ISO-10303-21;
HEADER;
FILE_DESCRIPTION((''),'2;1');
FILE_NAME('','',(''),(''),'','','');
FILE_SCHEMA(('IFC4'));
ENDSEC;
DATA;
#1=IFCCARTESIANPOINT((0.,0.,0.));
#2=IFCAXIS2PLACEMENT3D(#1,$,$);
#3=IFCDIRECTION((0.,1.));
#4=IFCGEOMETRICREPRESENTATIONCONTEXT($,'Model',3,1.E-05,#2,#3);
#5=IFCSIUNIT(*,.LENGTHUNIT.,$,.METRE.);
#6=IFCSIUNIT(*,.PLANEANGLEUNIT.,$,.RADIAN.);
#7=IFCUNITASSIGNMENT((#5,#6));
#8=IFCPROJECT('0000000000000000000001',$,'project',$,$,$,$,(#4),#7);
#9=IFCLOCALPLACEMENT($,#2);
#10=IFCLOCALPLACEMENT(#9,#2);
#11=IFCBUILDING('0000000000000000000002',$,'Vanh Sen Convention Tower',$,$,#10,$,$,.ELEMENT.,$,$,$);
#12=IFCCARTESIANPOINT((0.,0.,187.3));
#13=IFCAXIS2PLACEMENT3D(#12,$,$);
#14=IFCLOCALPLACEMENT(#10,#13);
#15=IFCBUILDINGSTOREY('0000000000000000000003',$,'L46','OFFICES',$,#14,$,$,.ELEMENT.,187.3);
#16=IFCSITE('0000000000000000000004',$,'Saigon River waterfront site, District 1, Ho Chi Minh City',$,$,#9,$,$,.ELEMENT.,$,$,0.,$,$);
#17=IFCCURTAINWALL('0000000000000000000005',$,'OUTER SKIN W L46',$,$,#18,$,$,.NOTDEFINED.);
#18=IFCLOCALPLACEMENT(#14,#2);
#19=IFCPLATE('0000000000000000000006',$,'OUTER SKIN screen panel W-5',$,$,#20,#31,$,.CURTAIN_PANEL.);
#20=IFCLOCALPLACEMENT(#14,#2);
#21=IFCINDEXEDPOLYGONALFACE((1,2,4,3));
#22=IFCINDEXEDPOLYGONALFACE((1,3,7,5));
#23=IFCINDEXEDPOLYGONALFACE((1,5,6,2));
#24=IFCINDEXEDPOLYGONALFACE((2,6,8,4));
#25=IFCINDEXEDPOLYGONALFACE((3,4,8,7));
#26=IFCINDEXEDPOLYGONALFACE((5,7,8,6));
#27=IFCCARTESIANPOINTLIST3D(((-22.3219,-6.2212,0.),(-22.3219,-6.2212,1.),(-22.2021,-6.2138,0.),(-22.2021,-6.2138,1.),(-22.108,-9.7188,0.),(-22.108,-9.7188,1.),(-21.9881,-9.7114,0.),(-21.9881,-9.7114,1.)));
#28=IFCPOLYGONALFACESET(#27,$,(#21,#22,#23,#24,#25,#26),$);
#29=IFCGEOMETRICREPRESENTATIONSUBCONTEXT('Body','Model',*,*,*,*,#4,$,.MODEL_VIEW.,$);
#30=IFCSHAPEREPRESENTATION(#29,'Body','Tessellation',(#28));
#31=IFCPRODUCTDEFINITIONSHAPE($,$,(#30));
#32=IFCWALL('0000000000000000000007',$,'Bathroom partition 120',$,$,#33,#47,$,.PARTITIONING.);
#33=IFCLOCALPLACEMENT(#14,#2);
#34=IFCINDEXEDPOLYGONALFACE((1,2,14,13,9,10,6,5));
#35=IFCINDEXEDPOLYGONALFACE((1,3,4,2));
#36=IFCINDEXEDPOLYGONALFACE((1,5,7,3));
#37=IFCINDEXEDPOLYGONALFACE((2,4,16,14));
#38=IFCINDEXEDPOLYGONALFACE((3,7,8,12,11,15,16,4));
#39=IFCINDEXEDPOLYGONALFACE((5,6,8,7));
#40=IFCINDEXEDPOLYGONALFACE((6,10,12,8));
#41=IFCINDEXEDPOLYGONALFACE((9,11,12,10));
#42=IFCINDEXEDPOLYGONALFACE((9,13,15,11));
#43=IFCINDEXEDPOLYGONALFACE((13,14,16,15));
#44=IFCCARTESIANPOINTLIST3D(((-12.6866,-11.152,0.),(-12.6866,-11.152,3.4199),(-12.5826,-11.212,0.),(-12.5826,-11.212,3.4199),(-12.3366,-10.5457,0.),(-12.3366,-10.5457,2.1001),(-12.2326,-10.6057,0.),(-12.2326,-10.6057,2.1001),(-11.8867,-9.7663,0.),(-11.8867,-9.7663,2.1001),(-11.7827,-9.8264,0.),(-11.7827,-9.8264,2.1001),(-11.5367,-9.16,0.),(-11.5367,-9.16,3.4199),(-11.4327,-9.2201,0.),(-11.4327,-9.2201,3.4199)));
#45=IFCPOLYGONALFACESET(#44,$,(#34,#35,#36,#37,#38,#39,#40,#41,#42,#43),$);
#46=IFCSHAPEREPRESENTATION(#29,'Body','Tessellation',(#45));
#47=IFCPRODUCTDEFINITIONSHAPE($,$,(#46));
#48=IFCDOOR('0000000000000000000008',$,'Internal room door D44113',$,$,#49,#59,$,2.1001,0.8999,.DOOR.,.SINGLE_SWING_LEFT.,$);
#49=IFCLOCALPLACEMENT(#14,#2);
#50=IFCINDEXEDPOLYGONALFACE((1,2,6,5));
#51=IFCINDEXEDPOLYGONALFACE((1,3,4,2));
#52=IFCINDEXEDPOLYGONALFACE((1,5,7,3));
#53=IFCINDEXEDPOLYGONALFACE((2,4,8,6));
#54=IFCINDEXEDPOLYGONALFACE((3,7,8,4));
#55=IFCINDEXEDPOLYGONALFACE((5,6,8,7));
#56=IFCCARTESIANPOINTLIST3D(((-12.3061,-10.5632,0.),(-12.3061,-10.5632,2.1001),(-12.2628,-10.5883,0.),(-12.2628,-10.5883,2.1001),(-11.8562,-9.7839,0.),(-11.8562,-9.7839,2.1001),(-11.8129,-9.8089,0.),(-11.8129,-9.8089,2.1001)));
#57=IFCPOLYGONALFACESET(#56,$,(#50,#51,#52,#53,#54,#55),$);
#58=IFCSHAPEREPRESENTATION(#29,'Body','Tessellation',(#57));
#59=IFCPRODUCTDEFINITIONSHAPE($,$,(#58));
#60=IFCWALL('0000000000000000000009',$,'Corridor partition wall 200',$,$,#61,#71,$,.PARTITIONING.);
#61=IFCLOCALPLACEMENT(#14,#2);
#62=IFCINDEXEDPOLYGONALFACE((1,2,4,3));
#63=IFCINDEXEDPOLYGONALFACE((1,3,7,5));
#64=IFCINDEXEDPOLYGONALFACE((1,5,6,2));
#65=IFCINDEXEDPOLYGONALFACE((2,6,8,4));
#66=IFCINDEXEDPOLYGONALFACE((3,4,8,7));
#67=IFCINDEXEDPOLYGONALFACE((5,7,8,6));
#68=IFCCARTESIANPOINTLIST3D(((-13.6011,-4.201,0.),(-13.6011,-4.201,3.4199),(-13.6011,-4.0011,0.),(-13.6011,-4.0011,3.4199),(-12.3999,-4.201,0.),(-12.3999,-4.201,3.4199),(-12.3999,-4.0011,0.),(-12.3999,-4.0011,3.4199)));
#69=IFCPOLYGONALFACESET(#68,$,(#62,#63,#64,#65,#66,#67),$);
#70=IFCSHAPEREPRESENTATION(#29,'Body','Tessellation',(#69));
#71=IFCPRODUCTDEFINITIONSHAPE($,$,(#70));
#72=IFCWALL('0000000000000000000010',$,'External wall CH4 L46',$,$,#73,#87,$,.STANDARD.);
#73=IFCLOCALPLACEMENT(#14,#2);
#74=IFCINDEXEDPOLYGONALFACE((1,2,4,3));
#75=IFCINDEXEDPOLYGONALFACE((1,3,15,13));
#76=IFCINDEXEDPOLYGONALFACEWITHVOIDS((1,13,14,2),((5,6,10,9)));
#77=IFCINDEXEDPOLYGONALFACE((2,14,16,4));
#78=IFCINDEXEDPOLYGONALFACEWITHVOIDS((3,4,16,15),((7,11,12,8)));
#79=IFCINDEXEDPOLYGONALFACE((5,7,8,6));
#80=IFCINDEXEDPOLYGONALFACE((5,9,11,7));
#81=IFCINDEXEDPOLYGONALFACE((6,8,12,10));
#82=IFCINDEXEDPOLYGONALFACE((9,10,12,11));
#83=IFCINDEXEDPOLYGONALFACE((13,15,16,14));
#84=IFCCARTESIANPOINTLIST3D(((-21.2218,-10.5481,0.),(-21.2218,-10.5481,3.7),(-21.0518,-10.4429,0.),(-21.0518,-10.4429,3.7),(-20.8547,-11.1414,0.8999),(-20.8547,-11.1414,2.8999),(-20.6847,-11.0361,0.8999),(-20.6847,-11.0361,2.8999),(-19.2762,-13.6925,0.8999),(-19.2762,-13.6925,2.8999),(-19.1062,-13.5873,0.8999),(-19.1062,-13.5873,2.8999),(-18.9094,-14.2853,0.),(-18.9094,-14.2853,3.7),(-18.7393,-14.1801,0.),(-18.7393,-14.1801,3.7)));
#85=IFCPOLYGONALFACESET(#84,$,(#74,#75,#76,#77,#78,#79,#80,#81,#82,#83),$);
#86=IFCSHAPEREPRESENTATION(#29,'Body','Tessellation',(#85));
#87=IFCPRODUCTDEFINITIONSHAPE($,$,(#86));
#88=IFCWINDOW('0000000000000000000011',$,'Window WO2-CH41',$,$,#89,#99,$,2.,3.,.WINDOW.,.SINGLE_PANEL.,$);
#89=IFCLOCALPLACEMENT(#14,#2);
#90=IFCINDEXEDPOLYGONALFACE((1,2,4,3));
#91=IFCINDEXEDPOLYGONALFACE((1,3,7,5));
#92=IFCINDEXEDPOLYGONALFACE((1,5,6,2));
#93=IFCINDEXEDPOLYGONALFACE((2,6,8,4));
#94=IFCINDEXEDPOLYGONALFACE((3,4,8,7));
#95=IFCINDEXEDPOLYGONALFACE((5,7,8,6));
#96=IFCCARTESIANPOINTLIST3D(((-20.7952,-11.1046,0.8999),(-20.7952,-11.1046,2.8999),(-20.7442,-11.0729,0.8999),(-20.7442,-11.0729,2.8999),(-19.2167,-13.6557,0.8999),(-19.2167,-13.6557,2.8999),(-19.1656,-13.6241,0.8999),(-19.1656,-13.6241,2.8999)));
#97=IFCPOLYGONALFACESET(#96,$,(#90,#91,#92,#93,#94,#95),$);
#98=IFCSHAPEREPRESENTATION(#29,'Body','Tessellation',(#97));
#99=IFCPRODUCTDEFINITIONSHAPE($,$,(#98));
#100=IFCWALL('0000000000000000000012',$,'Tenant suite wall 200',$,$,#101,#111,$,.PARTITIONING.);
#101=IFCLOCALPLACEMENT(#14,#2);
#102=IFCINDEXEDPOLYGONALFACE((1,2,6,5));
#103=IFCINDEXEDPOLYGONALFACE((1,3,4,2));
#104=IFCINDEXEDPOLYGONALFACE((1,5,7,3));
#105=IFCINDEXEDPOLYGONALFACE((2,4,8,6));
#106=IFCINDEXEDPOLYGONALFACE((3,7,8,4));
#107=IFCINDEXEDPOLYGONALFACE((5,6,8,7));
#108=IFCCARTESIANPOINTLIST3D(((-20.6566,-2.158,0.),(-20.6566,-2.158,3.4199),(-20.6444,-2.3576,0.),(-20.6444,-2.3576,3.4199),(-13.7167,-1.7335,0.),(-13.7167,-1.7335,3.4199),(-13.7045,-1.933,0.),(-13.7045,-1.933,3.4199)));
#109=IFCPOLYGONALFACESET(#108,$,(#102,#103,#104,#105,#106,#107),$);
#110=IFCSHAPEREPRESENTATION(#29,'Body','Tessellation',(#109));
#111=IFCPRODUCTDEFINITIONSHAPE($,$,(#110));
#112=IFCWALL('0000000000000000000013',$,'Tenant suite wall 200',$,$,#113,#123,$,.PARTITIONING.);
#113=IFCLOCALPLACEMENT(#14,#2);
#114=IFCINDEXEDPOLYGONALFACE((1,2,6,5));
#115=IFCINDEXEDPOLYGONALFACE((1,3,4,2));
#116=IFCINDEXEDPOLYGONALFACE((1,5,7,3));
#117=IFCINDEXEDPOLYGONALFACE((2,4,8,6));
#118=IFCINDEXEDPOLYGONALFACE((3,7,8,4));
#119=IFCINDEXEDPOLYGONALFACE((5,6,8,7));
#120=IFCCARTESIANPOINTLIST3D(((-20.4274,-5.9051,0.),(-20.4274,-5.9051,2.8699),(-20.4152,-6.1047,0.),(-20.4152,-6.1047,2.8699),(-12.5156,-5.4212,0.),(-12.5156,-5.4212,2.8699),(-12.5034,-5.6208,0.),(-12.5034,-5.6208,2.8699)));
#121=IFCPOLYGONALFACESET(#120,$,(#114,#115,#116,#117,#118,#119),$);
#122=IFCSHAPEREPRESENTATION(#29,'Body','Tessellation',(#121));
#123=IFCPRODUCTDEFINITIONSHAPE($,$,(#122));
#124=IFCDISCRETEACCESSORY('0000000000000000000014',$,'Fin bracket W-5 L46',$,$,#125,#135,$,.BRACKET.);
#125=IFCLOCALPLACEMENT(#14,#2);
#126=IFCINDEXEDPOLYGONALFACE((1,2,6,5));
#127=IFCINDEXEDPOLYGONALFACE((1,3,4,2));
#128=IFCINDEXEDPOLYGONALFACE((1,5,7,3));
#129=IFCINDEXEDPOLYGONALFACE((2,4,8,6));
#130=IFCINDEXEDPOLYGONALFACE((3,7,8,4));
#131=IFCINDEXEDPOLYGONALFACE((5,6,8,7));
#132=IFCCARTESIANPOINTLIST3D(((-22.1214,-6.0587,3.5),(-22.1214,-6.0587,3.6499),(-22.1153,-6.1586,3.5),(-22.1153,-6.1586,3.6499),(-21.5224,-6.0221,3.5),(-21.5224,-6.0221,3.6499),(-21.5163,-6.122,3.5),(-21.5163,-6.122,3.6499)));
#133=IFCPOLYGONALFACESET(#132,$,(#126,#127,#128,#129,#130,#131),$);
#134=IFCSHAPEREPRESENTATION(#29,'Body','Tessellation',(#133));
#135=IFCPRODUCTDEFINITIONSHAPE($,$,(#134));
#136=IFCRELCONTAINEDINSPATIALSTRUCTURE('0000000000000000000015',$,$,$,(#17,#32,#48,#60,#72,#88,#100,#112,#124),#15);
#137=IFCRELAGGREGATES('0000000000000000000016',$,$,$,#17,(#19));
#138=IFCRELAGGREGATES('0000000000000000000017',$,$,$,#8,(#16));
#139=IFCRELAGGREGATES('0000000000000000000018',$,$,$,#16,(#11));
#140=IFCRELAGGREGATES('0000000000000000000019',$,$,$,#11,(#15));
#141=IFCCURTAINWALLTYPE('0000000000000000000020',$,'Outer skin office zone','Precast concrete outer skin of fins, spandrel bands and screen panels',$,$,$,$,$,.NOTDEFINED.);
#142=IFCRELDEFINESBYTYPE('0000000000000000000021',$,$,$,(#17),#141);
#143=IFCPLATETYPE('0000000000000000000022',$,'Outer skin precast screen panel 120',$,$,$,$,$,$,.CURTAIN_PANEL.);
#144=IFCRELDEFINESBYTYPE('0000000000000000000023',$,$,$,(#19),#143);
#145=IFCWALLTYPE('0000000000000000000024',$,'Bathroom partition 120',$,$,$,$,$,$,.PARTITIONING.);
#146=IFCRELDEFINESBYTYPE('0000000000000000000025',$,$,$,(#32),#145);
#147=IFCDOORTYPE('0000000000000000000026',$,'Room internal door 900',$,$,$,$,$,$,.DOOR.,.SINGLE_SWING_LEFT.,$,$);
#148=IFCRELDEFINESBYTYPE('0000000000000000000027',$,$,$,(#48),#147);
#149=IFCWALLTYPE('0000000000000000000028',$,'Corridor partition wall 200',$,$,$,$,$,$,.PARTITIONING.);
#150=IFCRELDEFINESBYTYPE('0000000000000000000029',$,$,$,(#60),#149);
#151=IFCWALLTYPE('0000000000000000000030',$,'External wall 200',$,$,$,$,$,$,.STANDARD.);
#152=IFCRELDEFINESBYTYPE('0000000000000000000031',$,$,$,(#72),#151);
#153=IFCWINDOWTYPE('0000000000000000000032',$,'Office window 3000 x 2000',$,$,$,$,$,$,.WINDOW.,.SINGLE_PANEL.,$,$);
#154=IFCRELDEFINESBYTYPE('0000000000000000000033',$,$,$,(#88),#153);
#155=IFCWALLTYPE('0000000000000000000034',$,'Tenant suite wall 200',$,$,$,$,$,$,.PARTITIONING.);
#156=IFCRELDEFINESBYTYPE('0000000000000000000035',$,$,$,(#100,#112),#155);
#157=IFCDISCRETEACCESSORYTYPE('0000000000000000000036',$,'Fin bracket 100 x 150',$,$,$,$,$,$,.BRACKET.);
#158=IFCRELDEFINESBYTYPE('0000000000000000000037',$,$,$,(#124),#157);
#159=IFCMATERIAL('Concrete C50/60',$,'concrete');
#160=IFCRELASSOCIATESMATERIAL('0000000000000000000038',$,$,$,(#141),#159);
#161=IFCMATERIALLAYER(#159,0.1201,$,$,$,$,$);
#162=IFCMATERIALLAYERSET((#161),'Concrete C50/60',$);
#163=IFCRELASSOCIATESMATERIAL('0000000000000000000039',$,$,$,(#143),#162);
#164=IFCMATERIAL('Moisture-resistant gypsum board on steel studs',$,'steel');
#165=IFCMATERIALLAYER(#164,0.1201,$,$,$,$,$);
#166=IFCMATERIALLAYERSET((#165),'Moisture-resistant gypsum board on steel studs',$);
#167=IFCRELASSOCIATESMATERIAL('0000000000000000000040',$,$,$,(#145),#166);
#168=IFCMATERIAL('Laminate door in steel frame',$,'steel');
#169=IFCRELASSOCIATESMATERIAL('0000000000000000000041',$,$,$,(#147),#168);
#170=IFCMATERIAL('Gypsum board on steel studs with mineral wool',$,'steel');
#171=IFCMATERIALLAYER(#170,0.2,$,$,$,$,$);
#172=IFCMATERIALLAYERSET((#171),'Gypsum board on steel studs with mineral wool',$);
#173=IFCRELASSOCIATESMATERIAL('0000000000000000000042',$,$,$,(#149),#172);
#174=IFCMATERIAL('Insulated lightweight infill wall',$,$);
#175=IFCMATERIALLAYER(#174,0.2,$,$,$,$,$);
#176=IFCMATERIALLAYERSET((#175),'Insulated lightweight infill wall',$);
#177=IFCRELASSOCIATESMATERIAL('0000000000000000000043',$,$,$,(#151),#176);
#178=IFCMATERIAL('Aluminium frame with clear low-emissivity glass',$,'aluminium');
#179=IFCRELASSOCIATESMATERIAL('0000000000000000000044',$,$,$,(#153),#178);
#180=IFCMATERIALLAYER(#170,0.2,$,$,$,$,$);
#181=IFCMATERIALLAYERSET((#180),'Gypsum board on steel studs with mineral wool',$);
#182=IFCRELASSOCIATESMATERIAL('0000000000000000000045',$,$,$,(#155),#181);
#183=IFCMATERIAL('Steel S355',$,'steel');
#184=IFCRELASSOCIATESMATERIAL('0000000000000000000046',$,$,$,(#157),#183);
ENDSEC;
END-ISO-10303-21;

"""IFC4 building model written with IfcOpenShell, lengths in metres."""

from ifc_helpers import new_model, si_unit, direction, frame, frame_2d, origin, origin_2d, place, context, subcontext, project, spatial, rectangle, extrude, material, layer, layer_set, type_object, element, fill, aggregate, save


model = new_model("IFC4")

# Units and contexts
model_context = context("Model", 3, precision=1e-05, world=origin(), true_north=direction((0.0, 1.0)))
body_context = subcontext(model_context, "Body", "Model", "MODEL_VIEW")
ifc_project = project(units=[si_unit("LENGTHUNIT", "METRE"), si_unit("PLANEANGLEUNIT", "RADIAN")], contexts=[model_context])

# Site, building, storey
site_placement = place(None, origin())
site = spatial("IfcSite", under=ifc_project, at=site_placement, Name="Saigon River waterfront site, District 1, Ho Chi Minh City", CompositionType="ELEMENT", RefElevation=0.0)
building_placement = place(site_placement, origin())
building = spatial("IfcBuilding", under=site, at=building_placement, Name="Vanh Sen Convention Tower", CompositionType="ELEMENT")
storey_placement = place(building_placement, frame((0.0, 0.0, 187.3)))
storey = spatial("IfcBuildingStorey", under=building, at=storey_placement, Name="L46", Description="OFFICES", CompositionType="ELEMENT", Elevation=187.3)

# Curtain wall
ifc_material_1 = material(Name="Concrete C50/60", Category="concrete")
curtain_wall_type = type_object("IfcCurtainWallType", Name="Outer skin office zone", Description="Precast concrete outer skin of fins, spandrel bands and screen panels", PredefinedType="NOTDEFINED", material=ifc_material_1)
curtain_wall_1_placement = place(storey_placement, origin())
curtain_wall_1 = element("IfcCurtainWall", 1, at=curtain_wall_1_placement, inside=storey, type_object=curtain_wall_type, Name="OUTER SKIN W L46", PredefinedType="NOTDEFINED")

# Plate
ifc_layer_1 = layer(ifc_material_1, 0.1201)
ifc_layer_set_1 = layer_set([ifc_layer_1], Name="Concrete C50/60")
plate_type = type_object("IfcPlateType", Name="Outer skin precast screen panel 120", PredefinedType="CURTAIN_PANEL", material=ifc_layer_set_1)
plate_1_placement = place(storey_placement, frame((-22.155, -7.9663, 0.0), z_axis=(0.0, 0.0, 1.0), x_axis=(0.061054, -0.998134, 0.0)))
plate_1 = element("IfcPlate", 2, at=plate_1_placement, type_object=plate_type, Name="OUTER SKIN screen panel W-5", PredefinedType="CURTAIN_PANEL", context=body_context, shape_type="SweptSolid", body=[
    extrude(rectangle(XDim=3.5042, YDim=0.1201, at=origin_2d()), origin(), (0.0, 0.0, 1.0), 1.0),
])
aggregate(curtain_wall_1, [plate_1])

# Wall, opening, door
ifc_material_2 = material(Name="Moisture-resistant gypsum board on steel studs", Category="steel")
ifc_layer_2 = layer(ifc_material_2, 0.1201)
ifc_layer_set_2 = layer_set([ifc_layer_2], Name="Moisture-resistant gypsum board on steel studs")
wall_type_1 = type_object("IfcWallType", Name="Bathroom partition 120", PredefinedType="PARTITIONING", material=ifc_layer_set_2)
wall_1_placement = place(storey_placement, frame((-12.6345, -11.1819, 0.0), z_axis=(0.0, 0.0, 1.0), x_axis=(0.499952, 0.866053, 0.0)))
wall_1 = element("IfcWall", 3, at=wall_1_placement, inside=storey, type_object=wall_type_1, Name="Bathroom partition 120", PredefinedType="PARTITIONING", context=body_context, shape_type="SweptSolid", body=[
    extrude(rectangle(XDim=2.3, YDim=0.1201, at=frame_2d((1.1499, 0.0))), origin(), (0.0, 0.0, 1.0), 3.4199),
])
opening_1_placement = place(wall_1_placement, frame((0.7, 0.0, 0.0)))
opening_1 = element("IfcOpeningElement", 4, at=opening_1_placement, cuts=wall_1, PredefinedType="OPENING", context=body_context, shape_type="SweptSolid", body=[
    extrude(rectangle(XDim=0.8999, YDim=2.1001, at=frame_2d((0.45, 1.05))), frame((0.0, 0.0701, 0.0), z_axis=(0.0, -1.0, 0.0), x_axis=(1.0, 0.0, 0.0)), (0.0, 0.0, 1.0), 0.1401),
])
ifc_material_3 = material(Name="Laminate door in steel frame", Category="steel")
door_type = type_object("IfcDoorType", Name="Room internal door 900", OperationType="SINGLE_SWING_LEFT", PredefinedType="DOOR", material=ifc_material_3)
door_placement = place(opening_1_placement, origin())
door = element("IfcDoor", 5, at=door_placement, inside=storey, type_object=door_type, Name="Internal room door D44113", OperationType="SINGLE_SWING_LEFT", OverallHeight=2.1001, OverallWidth=0.8999, PredefinedType="DOOR", context=body_context, shape_type="SweptSolid", body=[
    extrude(rectangle(XDim=0.8999, YDim=2.1001, at=frame_2d((0.45, 1.05))), frame((0.0, 0.0249, 0.0), z_axis=(0.0, -1.0, 0.0), x_axis=(1.0, 0.0, 0.0)), (0.0, 0.0, 1.0), 0.05),
])
fill(opening_1, door)

# Wall
ifc_material_4 = material(Name="Gypsum board on steel studs with mineral wool", Category="steel")
ifc_layer_3 = layer(ifc_material_4, 0.2)
ifc_layer_set_3 = layer_set([ifc_layer_3], Name="Gypsum board on steel studs with mineral wool")
wall_type_2 = type_object("IfcWallType", Name="Corridor partition wall 200", PredefinedType="PARTITIONING", material=ifc_layer_set_3)
wall_2_placement = place(storey_placement, frame((-13.6011, -4.1011, 0.0), z_axis=(0.0, 0.0, 1.0), x_axis=(1.0, 0.0, 0.0)))
element("IfcWall", 6, at=wall_2_placement, inside=storey, type_object=wall_type_2, Name="Corridor partition wall 200", PredefinedType="PARTITIONING", context=body_context, shape_type="SweptSolid", body=[
    extrude(rectangle(XDim=1.2012, YDim=0.2, at=frame_2d((0.6006, 0.0))), origin(), (0.0, 0.0, 1.0), 3.4199),
])

# Wall, opening, window
ifc_material_5 = material(Name="Insulated lightweight infill wall")
ifc_layer_4 = layer(ifc_material_5, 0.2)
ifc_layer_set_4 = layer_set([ifc_layer_4], Name="Insulated lightweight infill wall")
wall_type_3 = type_object("IfcWallType", Name="External wall 200", PredefinedType="STANDARD", material=ifc_layer_set_4)
wall_3_placement = place(storey_placement, frame((-21.1367, -10.4956, 0.0), z_axis=(0.0, 0.0, 1.0), x_axis=(0.526179, -0.850374, 0.0)))
wall_3 = element("IfcWall", 7, at=wall_3_placement, inside=storey, type_object=wall_type_3, Name="External wall CH4 L46", PredefinedType="STANDARD", context=body_context, shape_type="SweptSolid", body=[
    extrude(rectangle(XDim=4.3948, YDim=0.2, at=frame_2d((2.1973, 0.0))), origin(), (0.0, 0.0, 1.0), 3.7),
])
opening_2_placement = place(wall_3_placement, frame((0.6975, 0.0, 0.8999)))
opening_2 = element("IfcOpeningElement", 8, at=opening_2_placement, cuts=wall_3, PredefinedType="OPENING", context=body_context, shape_type="SweptSolid", body=[
    extrude(rectangle(XDim=3.0, YDim=2.0, at=frame_2d((1.5, 1.0))), frame((0.0, 0.1099, 0.0), z_axis=(0.0, -1.0, 0.0), x_axis=(1.0, 0.0, 0.0)), (0.0, 0.0, 1.0), 0.22),
])
ifc_material_6 = material(Name="Aluminium frame with clear low-emissivity glass", Category="aluminium")
window_type = type_object("IfcWindowType", Name="Office window 3000 x 2000", PartitioningType="SINGLE_PANEL", PredefinedType="WINDOW", material=ifc_material_6)
window_placement = place(opening_2_placement, origin())
window = element("IfcWindow", 9, at=window_placement, inside=storey, type_object=window_type, Name="Window WO2-CH41", OverallHeight=2.0, OverallWidth=3.0, PartitioningType="SINGLE_PANEL", PredefinedType="WINDOW", context=body_context, shape_type="SweptSolid", body=[
    extrude(rectangle(XDim=3.0, YDim=2.0, at=frame_2d((1.5, 1.0))), frame((0.0, 0.03, 0.0), z_axis=(0.0, -1.0, 0.0), x_axis=(1.0, 0.0, 0.0)), (0.0, 0.0, 1.0), 0.0601),
])
fill(opening_2, window)

# Walls
ifc_layer_5 = layer(ifc_material_4, 0.2)
ifc_layer_set_5 = layer_set([ifc_layer_5], Name="Gypsum board on steel studs with mineral wool")
wall_type_4 = type_object("IfcWallType", Name="Tenant suite wall 200", PredefinedType="PARTITIONING", material=ifc_layer_set_5)
wall_4_placement = place(storey_placement, frame((-20.6506, -2.2578, 0.0), z_axis=(0.0, 0.0, 1.0), x_axis=(0.998134, 0.061062, 0.0)))
element("IfcWall", 10, at=wall_4_placement, inside=storey, type_object=wall_type_4, Name="Tenant suite wall 200", PredefinedType="PARTITIONING", context=body_context, shape_type="SweptSolid", body=[
    extrude(rectangle(XDim=6.9529, YDim=0.2, at=frame_2d((3.4766, 0.0))), origin(), (0.0, 0.0, 1.0), 3.4199),
])
wall_5_placement = place(storey_placement, frame((-20.4214, -6.0049, 0.0), z_axis=(0.0, 0.0, 1.0), x_axis=(0.998135, 0.061047, 0.0)))
element("IfcWall", 11, at=wall_5_placement, inside=storey, type_object=wall_type_4, Name="Tenant suite wall 200", PredefinedType="PARTITIONING", context=body_context, shape_type="SweptSolid", body=[
    extrude(rectangle(XDim=7.9265, YDim=0.2, at=frame_2d((3.9634, 0.0))), origin(), (0.0, 0.0, 1.0), 2.8699),
])

# Discrete accessory
ifc_material_7 = material(Name="Steel S355", Category="steel")
discrete_accessory_type = type_object("IfcDiscreteAccessoryType", Name="Fin bracket 100 x 150", PredefinedType="BRACKET", material=ifc_material_7)
discrete_accessory_placement = place(storey_placement, frame((-21.8188, -6.0903, 3.5), z_axis=(0.0, 0.0, 1.0), x_axis=(-0.998135, -0.061049, 0.0)))
element("IfcDiscreteAccessory", 12, at=discrete_accessory_placement, inside=storey, type_object=discrete_accessory_type, Name="Fin bracket W-5 L46", PredefinedType="BRACKET", context=body_context, shape_type="SweptSolid", body=[
    extrude(rectangle(XDim=0.6001, YDim=0.1001, at=origin_2d()), origin(), (0.0, 0.0, 1.0), 0.1499),
])

save(model, "model.ifc")
